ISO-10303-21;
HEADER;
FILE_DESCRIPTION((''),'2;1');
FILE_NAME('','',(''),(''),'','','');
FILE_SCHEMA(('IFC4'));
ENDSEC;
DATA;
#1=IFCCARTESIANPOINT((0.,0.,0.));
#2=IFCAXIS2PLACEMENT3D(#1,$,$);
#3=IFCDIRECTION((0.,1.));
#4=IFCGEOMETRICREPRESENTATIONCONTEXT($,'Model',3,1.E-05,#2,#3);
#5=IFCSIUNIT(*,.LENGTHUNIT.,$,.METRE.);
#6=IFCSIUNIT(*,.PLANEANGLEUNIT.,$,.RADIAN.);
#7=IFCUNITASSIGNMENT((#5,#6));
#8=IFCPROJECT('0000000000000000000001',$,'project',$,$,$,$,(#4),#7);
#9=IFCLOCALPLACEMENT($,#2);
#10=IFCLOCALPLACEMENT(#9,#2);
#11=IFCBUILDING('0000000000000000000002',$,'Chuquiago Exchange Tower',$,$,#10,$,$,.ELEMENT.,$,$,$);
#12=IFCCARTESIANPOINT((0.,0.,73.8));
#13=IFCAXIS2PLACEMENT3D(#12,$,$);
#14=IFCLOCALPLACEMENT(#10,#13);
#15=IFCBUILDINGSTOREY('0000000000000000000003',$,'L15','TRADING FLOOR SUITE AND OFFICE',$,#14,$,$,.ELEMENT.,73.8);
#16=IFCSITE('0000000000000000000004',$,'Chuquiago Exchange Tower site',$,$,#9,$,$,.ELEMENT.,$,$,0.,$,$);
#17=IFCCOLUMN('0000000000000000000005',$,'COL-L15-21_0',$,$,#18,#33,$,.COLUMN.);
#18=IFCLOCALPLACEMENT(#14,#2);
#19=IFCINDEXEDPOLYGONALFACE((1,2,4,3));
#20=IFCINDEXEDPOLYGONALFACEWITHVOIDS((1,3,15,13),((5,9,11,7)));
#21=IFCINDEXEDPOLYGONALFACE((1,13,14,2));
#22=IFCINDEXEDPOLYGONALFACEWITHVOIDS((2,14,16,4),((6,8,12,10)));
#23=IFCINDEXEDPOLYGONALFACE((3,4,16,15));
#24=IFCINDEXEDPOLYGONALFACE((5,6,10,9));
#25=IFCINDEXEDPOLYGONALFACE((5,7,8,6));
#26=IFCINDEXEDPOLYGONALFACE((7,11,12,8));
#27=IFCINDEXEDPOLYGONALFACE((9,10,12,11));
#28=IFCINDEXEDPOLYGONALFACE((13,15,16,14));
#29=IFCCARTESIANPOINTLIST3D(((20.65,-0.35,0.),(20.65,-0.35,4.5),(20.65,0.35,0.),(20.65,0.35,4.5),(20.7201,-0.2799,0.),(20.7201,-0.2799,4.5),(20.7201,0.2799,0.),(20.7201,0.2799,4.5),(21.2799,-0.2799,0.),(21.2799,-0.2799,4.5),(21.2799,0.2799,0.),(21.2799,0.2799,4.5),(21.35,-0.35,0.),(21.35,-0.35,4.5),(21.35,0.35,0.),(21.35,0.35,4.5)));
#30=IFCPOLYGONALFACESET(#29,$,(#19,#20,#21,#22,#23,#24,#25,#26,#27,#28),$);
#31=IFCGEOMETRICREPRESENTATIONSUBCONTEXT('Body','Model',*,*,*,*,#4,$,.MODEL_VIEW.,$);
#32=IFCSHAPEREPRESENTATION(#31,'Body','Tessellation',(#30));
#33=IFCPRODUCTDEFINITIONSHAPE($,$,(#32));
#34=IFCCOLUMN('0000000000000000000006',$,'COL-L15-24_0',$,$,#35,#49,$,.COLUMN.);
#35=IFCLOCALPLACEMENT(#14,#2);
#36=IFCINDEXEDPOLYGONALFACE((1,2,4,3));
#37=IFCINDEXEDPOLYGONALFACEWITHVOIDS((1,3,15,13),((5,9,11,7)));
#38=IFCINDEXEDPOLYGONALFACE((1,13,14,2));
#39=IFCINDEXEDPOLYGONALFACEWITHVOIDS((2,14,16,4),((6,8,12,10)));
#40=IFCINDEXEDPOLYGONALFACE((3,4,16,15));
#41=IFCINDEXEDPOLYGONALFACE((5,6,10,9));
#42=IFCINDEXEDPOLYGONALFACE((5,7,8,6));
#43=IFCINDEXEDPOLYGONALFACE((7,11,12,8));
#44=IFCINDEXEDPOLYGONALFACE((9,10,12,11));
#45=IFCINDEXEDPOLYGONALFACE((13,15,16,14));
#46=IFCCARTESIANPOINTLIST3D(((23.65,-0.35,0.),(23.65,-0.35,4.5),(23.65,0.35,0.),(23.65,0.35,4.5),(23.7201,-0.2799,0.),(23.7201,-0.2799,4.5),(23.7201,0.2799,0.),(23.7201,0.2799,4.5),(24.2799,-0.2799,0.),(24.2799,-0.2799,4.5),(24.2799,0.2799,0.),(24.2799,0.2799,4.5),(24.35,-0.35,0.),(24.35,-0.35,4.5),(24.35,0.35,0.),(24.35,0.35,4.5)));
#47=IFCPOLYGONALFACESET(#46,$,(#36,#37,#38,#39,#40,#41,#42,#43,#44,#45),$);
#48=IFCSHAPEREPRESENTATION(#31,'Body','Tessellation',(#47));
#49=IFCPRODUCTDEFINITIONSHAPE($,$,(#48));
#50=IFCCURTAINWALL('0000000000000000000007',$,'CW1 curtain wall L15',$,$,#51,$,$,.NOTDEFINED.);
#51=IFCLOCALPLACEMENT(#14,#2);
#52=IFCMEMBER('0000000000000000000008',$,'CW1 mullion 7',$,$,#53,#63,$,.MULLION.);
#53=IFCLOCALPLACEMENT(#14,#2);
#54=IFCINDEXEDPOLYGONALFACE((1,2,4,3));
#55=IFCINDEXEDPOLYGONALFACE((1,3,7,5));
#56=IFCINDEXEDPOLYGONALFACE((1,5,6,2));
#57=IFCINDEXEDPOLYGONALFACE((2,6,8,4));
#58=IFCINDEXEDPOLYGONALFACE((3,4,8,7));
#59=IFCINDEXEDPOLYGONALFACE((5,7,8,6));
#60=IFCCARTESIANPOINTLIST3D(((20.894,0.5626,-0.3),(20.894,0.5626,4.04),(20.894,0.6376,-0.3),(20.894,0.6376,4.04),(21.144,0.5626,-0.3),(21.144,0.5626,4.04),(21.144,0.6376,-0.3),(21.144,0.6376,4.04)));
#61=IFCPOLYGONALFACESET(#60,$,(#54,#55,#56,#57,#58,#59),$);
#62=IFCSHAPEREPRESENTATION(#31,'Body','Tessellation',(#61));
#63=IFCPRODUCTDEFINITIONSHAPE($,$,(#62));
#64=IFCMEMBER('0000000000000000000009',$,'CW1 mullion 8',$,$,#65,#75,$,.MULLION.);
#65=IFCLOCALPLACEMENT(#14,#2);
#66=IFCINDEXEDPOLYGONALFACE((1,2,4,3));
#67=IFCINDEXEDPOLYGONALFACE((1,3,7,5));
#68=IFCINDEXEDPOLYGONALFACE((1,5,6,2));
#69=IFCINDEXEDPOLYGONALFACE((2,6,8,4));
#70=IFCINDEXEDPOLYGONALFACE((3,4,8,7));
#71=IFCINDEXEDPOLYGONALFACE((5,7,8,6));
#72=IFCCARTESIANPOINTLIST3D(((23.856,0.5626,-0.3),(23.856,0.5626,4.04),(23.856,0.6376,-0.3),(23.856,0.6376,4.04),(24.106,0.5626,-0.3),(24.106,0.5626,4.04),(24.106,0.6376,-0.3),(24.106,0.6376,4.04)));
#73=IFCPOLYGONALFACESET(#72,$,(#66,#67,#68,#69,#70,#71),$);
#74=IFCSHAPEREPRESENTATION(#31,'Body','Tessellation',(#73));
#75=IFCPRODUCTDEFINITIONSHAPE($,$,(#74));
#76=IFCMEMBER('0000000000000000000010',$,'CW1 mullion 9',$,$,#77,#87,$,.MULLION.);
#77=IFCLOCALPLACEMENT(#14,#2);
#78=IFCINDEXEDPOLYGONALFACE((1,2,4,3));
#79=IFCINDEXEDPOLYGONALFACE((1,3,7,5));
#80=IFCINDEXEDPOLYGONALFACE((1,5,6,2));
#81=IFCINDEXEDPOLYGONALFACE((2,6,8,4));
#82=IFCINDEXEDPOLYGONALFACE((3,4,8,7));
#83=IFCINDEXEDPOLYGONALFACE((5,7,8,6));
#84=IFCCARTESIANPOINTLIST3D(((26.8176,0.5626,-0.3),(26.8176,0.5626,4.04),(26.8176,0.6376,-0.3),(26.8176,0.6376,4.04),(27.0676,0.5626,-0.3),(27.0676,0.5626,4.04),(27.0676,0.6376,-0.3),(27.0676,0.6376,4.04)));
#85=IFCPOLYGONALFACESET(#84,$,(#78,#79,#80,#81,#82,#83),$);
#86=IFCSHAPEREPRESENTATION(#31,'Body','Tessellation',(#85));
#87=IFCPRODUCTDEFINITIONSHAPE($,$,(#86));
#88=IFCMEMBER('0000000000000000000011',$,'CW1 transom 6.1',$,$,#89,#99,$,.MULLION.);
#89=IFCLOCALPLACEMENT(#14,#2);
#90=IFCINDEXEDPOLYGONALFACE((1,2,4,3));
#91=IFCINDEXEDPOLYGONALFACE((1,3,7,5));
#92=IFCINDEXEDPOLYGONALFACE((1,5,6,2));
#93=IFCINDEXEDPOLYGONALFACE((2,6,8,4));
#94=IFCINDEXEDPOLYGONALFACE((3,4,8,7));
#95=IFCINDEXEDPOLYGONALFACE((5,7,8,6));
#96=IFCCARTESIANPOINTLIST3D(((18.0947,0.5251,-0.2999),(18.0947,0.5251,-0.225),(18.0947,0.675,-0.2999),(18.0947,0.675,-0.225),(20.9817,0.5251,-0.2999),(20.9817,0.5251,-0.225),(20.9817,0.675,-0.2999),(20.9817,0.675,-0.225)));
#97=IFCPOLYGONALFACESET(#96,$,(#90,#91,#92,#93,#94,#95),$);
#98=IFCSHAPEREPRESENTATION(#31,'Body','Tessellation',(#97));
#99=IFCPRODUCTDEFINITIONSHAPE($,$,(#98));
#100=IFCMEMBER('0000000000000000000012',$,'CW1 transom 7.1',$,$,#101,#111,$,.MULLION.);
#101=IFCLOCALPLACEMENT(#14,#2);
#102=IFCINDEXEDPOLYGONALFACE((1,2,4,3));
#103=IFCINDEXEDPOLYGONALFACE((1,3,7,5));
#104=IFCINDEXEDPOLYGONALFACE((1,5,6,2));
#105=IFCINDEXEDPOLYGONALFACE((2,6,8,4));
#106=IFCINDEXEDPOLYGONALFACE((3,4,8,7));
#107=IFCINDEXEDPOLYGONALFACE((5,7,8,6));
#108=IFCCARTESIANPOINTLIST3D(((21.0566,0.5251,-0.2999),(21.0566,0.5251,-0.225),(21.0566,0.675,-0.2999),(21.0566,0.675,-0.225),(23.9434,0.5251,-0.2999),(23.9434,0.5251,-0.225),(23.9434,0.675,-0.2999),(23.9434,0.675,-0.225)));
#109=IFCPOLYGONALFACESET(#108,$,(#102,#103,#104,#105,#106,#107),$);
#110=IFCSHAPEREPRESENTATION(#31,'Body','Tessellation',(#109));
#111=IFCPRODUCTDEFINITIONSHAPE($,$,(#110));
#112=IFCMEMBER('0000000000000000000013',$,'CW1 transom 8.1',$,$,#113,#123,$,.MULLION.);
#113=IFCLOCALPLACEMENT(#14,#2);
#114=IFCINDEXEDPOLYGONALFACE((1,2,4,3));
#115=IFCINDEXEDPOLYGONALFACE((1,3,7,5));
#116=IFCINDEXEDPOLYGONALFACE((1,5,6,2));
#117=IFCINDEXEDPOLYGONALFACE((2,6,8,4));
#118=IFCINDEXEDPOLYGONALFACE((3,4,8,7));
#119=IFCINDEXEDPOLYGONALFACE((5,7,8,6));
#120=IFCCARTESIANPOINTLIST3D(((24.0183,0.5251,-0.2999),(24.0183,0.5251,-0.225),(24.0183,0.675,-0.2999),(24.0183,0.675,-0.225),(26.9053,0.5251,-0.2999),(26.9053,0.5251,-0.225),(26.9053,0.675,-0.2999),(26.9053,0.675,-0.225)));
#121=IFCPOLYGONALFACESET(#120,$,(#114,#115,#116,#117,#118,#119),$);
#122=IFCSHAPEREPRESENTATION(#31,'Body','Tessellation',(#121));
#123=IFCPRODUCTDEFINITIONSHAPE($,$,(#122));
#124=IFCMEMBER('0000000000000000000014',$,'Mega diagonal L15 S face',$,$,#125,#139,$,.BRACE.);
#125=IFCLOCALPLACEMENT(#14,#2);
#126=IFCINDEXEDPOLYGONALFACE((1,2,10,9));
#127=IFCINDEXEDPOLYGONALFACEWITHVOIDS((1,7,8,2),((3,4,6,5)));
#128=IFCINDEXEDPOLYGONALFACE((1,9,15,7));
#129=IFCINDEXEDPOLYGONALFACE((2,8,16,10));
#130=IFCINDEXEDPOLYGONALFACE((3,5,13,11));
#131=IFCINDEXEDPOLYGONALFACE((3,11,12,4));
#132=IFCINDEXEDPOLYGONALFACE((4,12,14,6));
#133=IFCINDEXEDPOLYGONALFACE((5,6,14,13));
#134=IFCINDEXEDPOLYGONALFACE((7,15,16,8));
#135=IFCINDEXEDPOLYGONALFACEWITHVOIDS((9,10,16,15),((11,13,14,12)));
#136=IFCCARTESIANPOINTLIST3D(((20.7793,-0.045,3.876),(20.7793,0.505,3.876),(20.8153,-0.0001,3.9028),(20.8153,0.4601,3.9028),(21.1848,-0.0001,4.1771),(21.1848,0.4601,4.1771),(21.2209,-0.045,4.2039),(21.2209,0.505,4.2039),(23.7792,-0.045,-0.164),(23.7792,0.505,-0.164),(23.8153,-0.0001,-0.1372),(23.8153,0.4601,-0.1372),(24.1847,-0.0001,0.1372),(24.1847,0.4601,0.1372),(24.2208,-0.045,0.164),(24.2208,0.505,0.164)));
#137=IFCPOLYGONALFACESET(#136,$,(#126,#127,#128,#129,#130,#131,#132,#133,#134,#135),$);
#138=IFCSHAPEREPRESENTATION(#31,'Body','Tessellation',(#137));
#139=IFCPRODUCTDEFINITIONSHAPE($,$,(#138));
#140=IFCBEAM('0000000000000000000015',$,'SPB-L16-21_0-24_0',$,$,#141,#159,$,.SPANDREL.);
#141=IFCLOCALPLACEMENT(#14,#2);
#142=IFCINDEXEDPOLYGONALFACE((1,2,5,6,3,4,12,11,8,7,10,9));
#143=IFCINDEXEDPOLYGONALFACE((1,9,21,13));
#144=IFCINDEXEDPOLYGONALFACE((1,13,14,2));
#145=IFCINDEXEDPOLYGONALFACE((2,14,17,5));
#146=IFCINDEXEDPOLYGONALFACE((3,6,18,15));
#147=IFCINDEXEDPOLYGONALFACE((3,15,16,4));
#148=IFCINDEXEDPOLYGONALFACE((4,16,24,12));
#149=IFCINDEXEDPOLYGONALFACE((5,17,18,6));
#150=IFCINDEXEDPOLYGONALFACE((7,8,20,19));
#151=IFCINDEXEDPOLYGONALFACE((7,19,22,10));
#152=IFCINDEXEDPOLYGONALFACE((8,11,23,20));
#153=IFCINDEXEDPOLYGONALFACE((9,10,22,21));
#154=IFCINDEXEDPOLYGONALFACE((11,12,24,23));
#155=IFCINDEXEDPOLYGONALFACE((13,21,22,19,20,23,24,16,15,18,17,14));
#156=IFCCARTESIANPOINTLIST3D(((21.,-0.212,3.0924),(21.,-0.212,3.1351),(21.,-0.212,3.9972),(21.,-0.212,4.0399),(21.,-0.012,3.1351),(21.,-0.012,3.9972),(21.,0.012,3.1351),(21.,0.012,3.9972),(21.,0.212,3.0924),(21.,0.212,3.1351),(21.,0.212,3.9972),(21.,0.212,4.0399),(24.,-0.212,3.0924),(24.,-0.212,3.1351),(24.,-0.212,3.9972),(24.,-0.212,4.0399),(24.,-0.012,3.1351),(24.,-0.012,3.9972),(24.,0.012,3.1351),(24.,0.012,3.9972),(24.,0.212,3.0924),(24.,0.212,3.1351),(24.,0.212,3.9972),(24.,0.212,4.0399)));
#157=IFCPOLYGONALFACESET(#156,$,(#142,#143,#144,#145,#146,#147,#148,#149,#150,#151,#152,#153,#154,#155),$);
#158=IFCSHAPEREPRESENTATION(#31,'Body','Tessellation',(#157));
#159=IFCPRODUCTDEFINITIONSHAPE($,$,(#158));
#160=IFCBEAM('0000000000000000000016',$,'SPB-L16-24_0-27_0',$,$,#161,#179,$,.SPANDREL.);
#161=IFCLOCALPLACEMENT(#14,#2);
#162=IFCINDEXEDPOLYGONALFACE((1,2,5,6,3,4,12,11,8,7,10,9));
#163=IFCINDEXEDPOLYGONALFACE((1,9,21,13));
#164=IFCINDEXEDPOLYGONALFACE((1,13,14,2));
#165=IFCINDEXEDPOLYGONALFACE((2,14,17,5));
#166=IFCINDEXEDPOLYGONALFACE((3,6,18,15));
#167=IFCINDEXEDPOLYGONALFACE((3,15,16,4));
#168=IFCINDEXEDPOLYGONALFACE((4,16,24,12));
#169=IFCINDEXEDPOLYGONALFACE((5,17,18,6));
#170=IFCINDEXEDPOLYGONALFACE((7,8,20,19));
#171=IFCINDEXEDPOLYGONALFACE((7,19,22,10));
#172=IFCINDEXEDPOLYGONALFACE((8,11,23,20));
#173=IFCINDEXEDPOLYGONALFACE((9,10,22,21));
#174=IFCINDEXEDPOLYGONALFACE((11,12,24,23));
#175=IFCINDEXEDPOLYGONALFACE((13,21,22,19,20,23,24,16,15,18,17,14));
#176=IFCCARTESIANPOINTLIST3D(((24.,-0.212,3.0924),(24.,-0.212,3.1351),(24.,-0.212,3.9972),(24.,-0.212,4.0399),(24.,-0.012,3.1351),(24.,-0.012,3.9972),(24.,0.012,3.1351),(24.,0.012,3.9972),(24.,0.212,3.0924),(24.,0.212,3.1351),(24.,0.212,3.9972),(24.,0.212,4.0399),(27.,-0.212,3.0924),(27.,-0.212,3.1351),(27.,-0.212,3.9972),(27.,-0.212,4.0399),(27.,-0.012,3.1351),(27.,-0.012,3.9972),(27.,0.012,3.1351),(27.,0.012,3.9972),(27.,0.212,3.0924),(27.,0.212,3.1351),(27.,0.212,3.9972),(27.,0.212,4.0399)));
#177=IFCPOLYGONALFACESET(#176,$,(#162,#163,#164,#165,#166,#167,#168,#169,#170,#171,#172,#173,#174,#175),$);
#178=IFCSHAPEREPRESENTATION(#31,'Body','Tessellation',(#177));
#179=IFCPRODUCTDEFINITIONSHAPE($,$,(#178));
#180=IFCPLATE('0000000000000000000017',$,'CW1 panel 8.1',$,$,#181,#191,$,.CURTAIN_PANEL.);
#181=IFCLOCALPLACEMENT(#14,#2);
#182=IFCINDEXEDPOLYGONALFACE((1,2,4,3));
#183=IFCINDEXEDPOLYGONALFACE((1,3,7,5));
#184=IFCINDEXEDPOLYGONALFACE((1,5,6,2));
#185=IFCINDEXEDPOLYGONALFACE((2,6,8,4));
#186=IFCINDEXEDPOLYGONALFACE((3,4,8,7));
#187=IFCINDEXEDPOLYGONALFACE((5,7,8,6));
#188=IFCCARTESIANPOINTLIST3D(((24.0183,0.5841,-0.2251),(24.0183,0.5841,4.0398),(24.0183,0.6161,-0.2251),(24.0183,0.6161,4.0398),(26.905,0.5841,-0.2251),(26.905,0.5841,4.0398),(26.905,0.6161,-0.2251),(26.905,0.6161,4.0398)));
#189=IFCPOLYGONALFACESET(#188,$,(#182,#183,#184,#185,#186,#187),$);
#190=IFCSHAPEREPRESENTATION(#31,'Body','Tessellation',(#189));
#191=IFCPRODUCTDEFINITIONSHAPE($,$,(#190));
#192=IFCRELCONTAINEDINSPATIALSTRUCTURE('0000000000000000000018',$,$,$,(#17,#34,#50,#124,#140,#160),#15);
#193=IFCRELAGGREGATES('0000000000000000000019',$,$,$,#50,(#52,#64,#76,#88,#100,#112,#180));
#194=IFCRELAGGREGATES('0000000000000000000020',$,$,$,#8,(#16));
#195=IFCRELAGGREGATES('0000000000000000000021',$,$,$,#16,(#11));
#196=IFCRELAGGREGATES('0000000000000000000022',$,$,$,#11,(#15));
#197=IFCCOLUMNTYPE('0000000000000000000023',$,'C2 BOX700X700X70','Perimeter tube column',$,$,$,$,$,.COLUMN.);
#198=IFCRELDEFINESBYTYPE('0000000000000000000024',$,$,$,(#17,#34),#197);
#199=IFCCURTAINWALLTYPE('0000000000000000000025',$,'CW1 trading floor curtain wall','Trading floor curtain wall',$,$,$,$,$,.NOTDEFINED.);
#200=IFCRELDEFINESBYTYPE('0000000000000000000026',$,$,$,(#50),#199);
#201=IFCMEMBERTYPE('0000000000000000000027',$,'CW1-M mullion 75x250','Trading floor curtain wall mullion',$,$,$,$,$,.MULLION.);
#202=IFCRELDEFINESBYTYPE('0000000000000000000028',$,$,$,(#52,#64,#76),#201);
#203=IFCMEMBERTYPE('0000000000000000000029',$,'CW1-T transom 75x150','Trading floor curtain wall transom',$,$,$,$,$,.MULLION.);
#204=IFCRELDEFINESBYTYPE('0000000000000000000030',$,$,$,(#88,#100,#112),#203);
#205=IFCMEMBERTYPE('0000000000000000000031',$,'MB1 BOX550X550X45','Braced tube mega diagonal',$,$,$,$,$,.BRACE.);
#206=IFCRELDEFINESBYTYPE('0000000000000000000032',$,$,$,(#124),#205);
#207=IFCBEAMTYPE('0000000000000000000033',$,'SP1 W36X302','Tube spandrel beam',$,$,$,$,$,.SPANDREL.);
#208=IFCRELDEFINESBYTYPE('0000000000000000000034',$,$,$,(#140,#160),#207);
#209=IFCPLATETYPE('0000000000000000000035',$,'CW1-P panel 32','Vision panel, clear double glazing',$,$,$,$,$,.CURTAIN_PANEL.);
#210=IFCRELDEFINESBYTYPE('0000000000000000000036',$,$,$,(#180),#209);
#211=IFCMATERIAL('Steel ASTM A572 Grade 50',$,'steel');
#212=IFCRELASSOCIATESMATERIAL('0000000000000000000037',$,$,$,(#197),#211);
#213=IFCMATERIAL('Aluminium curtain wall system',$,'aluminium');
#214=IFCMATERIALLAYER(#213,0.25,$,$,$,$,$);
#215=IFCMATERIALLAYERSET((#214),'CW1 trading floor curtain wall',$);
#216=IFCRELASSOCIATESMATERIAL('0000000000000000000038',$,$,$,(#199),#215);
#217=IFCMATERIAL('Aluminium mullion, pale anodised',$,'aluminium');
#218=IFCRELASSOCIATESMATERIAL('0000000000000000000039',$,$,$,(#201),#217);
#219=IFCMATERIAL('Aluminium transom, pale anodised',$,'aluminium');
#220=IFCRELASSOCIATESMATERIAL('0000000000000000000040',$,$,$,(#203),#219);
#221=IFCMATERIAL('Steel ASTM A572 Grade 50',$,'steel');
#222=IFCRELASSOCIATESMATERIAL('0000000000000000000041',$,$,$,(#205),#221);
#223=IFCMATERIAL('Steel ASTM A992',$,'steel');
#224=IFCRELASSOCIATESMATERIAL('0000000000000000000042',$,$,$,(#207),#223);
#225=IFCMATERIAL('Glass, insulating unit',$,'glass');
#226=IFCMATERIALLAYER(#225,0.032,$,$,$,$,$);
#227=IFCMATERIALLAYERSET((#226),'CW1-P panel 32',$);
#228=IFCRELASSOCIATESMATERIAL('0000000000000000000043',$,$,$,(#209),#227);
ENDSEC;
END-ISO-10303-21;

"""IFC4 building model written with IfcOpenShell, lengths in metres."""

from ifc_helpers import new_model, si_unit, direction, frame, origin, origin_2d, place, context, subcontext, project, spatial, rectangle, hollow_rectangle, i_section, extrude, material, layer, layer_set, material_profile, profile_set, type_object, element, aggregate, save


model = new_model("IFC4")

# Units and contexts
model_context = context("Model", 3, precision=1e-05, world=origin(), true_north=direction((0.0, 1.0)))
body_context = subcontext(model_context, "Body", "Model", "MODEL_VIEW")
ifc_project = project(units=[si_unit("LENGTHUNIT", "METRE"), si_unit("PLANEANGLEUNIT", "RADIAN")], contexts=[model_context])

# Site, building, storey
site_placement = place(None, origin())
site = spatial("IfcSite", under=ifc_project, at=site_placement, Name="Chuquiago Exchange Tower site", CompositionType="ELEMENT", RefElevation=0.0)
building_placement = place(site_placement, origin())
building = spatial("IfcBuilding", under=site, at=building_placement, Name="Chuquiago Exchange Tower", CompositionType="ELEMENT")
storey_placement = place(building_placement, frame((0.0, 0.0, 73.8)))
storey = spatial("IfcBuildingStorey", under=building, at=storey_placement, Name="L15", Description="TRADING FLOOR SUITE AND OFFICE", CompositionType="ELEMENT", Elevation=73.8)

# Columns
ifc_material_1 = material(Name="Steel ASTM A572 Grade 50", Category="steel")
ifc_material_profile_1 = material_profile(ifc_material_1, hollow_rectangle(XDim=0.7, YDim=0.7, WallThickness=0.0701, at=origin_2d()), Name="BOX700X700X70")
ifc_profile_set_1 = profile_set([ifc_material_profile_1], Name="Steel ASTM A572 Grade 50")
column_type = type_object("IfcColumnType", Name="C2 BOX700X700X70", Description="Perimeter tube column", PredefinedType="COLUMN", material=ifc_profile_set_1)
for number, where, z_axis, x_axis, name in (
    (1, (21.0, 0.0, 0.0), (0.0, 0.0, 1.0), (0.0, -1.0, 0.0), "COL-L15-21_0"),
    (2, (24.0, 0.0, 0.0), (0.0, 0.0, 1.0), (0.0, -1.0, 0.0), "COL-L15-24_0"),
):
    element("IfcColumn", number, at=place(storey_placement, frame(where, z_axis=z_axis, x_axis=x_axis)), inside=storey, type_object=column_type, Name=name, PredefinedType="COLUMN", context=body_context, shape_type="SweptSolid", body=[
        extrude(hollow_rectangle(XDim=0.7, YDim=0.7, WallThickness=0.0701, at=origin_2d()), origin(), (0.0, 0.0, 1.0), 4.5),
    ])

# Curtain wall, members
ifc_material_2 = material(Name="Aluminium curtain wall system", Category="aluminium")
ifc_layer_1 = layer(ifc_material_2, 0.25)
ifc_layer_set_1 = layer_set([ifc_layer_1], Name="CW1 trading floor curtain wall")
curtain_wall_type = type_object("IfcCurtainWallType", Name="CW1 trading floor curtain wall", Description="Trading floor curtain wall", PredefinedType="NOTDEFINED", material=ifc_layer_set_1)
curtain_wall_placement = place(storey_placement, origin())
curtain_wall = element("IfcCurtainWall", 3, at=curtain_wall_placement, inside=storey, type_object=curtain_wall_type, Name="CW1 curtain wall L15", PredefinedType="NOTDEFINED")
ifc_material_3 = material(Name="Aluminium mullion, pale anodised", Category="aluminium")
ifc_material_profile_2 = material_profile(ifc_material_3, rectangle(XDim=0.075, YDim=0.25, at=origin_2d()), Name="AL 75x250")
ifc_profile_set_2 = profile_set([ifc_material_profile_2], Name="Aluminium mullion, pale anodised")
member_type_1 = type_object("IfcMemberType", Name="CW1-M mullion 75x250", Description="Trading floor curtain wall mullion", PredefinedType="MULLION", material=ifc_profile_set_2)
member_1_placement = place(storey_placement, frame((21.019, 0.6001, -0.3), z_axis=(0.0, 0.0, 1.0), x_axis=(0.0, 1.0, 0.0)))
member_1 = element("IfcMember", 4, at=member_1_placement, type_object=member_type_1, Name="CW1 mullion 7", PredefinedType="MULLION", context=body_context, shape_type="SweptSolid", body=[
    extrude(rectangle(XDim=0.075, YDim=0.25, at=origin_2d()), origin(), (0.0, 0.0, 1.0), 4.3401),
])
member_2_placement = place(storey_placement, frame((23.981, 0.6001, -0.3), z_axis=(0.0, 0.0, 1.0), x_axis=(0.0, 1.0, 0.0)))
member_2 = element("IfcMember", 5, at=member_2_placement, type_object=member_type_1, Name="CW1 mullion 8", PredefinedType="MULLION", context=body_context, shape_type="SweptSolid", body=[
    extrude(rectangle(XDim=0.075, YDim=0.25, at=origin_2d()), origin(), (0.0, 0.0, 1.0), 4.3401),
])
member_3_placement = place(storey_placement, frame((26.9426, 0.6001, -0.3), z_axis=(0.0, 0.0, 1.0), x_axis=(0.0, 1.0, 0.0)))
member_3 = element("IfcMember", 6, at=member_3_placement, type_object=member_type_1, Name="CW1 mullion 9", PredefinedType="MULLION", context=body_context, shape_type="SweptSolid", body=[
    extrude(rectangle(XDim=0.075, YDim=0.25, at=origin_2d()), origin(), (0.0, 0.0, 1.0), 4.3401),
])
ifc_material_4 = material(Name="Aluminium transom, pale anodised", Category="aluminium")
ifc_material_profile_3 = material_profile(ifc_material_4, rectangle(XDim=0.1499, YDim=0.075, at=origin_2d()), Name="AL 150x75")
ifc_profile_set_3 = profile_set([ifc_material_profile_3], Name="Aluminium transom, pale anodised")
member_type_2 = type_object("IfcMemberType", Name="CW1-T transom 75x150", Description="Trading floor curtain wall transom", PredefinedType="MULLION", material=ifc_profile_set_3)
member_4_placement = place(storey_placement, frame((18.0947, 0.6001, -0.2625), z_axis=(1.0, 0.0, 0.0), x_axis=(0.0, 1.0, 0.0)))
member_4 = element("IfcMember", 7, at=member_4_placement, type_object=member_type_2, Name="CW1 transom 6.1", PredefinedType="MULLION", context=body_context, shape_type="SweptSolid", body=[
    extrude(rectangle(XDim=0.1499, YDim=0.075, at=origin_2d()), origin(), (0.0, 0.0, 1.0), 2.887),
])
member_5_placement = place(storey_placement, frame((21.0566, 0.6001, -0.2625), z_axis=(1.0, 0.0, 0.0), x_axis=(0.0, 1.0, 0.0)))
member_5 = element("IfcMember", 8, at=member_5_placement, type_object=member_type_2, Name="CW1 transom 7.1", PredefinedType="MULLION", context=body_context, shape_type="SweptSolid", body=[
    extrude(rectangle(XDim=0.1499, YDim=0.075, at=origin_2d()), origin(), (0.0, 0.0, 1.0), 2.8867),
])
member_6_placement = place(storey_placement, frame((24.0183, 0.6001, -0.2625), z_axis=(1.0, 0.0, 0.0), x_axis=(0.0, 1.0, 0.0)))
member_6 = element("IfcMember", 9, at=member_6_placement, type_object=member_type_2, Name="CW1 transom 8.1", PredefinedType="MULLION", context=body_context, shape_type="SweptSolid", body=[
    extrude(rectangle(XDim=0.1499, YDim=0.075, at=origin_2d()), origin(), (0.0, 0.0, 1.0), 2.887),
])

# Member
ifc_material_5 = material(Name="Steel ASTM A572 Grade 50", Category="steel")
ifc_material_profile_4 = material_profile(ifc_material_5, hollow_rectangle(XDim=0.55, YDim=0.55, WallThickness=0.0449, at=origin_2d()), Name="BOX550X550X45")
ifc_profile_set_4 = profile_set([ifc_material_profile_4], Name="Steel ASTM A572 Grade 50")
member_type_3 = type_object("IfcMemberType", Name="MB1 BOX550X550X45", Description="Braced tube mega diagonal", PredefinedType="BRACE", material=ifc_profile_set_4)
member_7_placement = place(storey_placement, frame((24.0, 0.23, 0.0), z_axis=(-0.596174, 0.0, 0.802855), x_axis=(0.0, -1.0, 0.0)))
element("IfcMember", 10, at=member_7_placement, inside=storey, type_object=member_type_3, Name="Mega diagonal L15 S face", PredefinedType="BRACE", context=body_context, shape_type="SweptSolid", body=[
    extrude(hollow_rectangle(XDim=0.55, YDim=0.55, WallThickness=0.0449, at=origin_2d()), origin(), (0.0, 0.0, 1.0), 5.032),
])

# Beams
ifc_material_6 = material(Name="Steel ASTM A992", Category="steel")
ifc_material_profile_5 = material_profile(ifc_material_6, i_section(OverallWidth=0.4241, OverallDepth=0.9475, WebThickness=0.0239, FlangeThickness=0.0427, at=origin_2d()), Name="W36X302")
ifc_profile_set_5 = profile_set([ifc_material_profile_5], Name="Steel ASTM A992")
beam_type = type_object("IfcBeamType", Name="SP1 W36X302", Description="Tube spandrel beam", PredefinedType="SPANDREL", material=ifc_profile_set_5)
for number, where, z_axis, x_axis, name in (
    (11, (21.0, 0.0, 3.5662), (1.0, 0.0, 0.0), (0.0, 1.0, 0.0), "SPB-L16-21_0-24_0"),
    (12, (24.0, 0.0, 3.5662), (1.0, 0.0, 0.0), (0.0, 1.0, 0.0), "SPB-L16-24_0-27_0"),
):
    element("IfcBeam", number, at=place(storey_placement, frame(where, z_axis=z_axis, x_axis=x_axis)), inside=storey, type_object=beam_type, Name=name, PredefinedType="SPANDREL", context=body_context, shape_type="SweptSolid", body=[
        extrude(i_section(OverallWidth=0.4241, OverallDepth=0.9475, WebThickness=0.0239, FlangeThickness=0.0427, at=origin_2d()), origin(), (0.0, 0.0, 1.0), 3.0),
    ])

# Plate
ifc_material_7 = material(Name="Glass, insulating unit", Category="glass")
ifc_layer_2 = layer(ifc_material_7, 0.032)
ifc_layer_set_2 = layer_set([ifc_layer_2], Name="CW1-P panel 32")
plate_type_1 = type_object("IfcPlateType", Name="CW1-P panel 32", Description="Vision panel, clear double glazing", PredefinedType="CURTAIN_PANEL", material=ifc_layer_set_2)
plate_1_placement = place(storey_placement, frame((25.4617, 0.6001, -0.2251), z_axis=(0.0, 0.0, 1.0), x_axis=(1.0, 0.0, 0.0)))
plate_1 = element("IfcPlate", 13, at=plate_1_placement, type_object=plate_type_1, Name="CW1 panel 8.1", PredefinedType="CURTAIN_PANEL", context=body_context, shape_type="SweptSolid", body=[
    extrude(rectangle(XDim=2.8867, YDim=0.032, at=origin_2d()), origin(), (0.0, 0.0, 1.0), 4.2649),
])
aggregate(curtain_wall, [member_1, member_2, member_3, member_4, member_5, member_6, plate_1])

save(model, "model.ifc")
